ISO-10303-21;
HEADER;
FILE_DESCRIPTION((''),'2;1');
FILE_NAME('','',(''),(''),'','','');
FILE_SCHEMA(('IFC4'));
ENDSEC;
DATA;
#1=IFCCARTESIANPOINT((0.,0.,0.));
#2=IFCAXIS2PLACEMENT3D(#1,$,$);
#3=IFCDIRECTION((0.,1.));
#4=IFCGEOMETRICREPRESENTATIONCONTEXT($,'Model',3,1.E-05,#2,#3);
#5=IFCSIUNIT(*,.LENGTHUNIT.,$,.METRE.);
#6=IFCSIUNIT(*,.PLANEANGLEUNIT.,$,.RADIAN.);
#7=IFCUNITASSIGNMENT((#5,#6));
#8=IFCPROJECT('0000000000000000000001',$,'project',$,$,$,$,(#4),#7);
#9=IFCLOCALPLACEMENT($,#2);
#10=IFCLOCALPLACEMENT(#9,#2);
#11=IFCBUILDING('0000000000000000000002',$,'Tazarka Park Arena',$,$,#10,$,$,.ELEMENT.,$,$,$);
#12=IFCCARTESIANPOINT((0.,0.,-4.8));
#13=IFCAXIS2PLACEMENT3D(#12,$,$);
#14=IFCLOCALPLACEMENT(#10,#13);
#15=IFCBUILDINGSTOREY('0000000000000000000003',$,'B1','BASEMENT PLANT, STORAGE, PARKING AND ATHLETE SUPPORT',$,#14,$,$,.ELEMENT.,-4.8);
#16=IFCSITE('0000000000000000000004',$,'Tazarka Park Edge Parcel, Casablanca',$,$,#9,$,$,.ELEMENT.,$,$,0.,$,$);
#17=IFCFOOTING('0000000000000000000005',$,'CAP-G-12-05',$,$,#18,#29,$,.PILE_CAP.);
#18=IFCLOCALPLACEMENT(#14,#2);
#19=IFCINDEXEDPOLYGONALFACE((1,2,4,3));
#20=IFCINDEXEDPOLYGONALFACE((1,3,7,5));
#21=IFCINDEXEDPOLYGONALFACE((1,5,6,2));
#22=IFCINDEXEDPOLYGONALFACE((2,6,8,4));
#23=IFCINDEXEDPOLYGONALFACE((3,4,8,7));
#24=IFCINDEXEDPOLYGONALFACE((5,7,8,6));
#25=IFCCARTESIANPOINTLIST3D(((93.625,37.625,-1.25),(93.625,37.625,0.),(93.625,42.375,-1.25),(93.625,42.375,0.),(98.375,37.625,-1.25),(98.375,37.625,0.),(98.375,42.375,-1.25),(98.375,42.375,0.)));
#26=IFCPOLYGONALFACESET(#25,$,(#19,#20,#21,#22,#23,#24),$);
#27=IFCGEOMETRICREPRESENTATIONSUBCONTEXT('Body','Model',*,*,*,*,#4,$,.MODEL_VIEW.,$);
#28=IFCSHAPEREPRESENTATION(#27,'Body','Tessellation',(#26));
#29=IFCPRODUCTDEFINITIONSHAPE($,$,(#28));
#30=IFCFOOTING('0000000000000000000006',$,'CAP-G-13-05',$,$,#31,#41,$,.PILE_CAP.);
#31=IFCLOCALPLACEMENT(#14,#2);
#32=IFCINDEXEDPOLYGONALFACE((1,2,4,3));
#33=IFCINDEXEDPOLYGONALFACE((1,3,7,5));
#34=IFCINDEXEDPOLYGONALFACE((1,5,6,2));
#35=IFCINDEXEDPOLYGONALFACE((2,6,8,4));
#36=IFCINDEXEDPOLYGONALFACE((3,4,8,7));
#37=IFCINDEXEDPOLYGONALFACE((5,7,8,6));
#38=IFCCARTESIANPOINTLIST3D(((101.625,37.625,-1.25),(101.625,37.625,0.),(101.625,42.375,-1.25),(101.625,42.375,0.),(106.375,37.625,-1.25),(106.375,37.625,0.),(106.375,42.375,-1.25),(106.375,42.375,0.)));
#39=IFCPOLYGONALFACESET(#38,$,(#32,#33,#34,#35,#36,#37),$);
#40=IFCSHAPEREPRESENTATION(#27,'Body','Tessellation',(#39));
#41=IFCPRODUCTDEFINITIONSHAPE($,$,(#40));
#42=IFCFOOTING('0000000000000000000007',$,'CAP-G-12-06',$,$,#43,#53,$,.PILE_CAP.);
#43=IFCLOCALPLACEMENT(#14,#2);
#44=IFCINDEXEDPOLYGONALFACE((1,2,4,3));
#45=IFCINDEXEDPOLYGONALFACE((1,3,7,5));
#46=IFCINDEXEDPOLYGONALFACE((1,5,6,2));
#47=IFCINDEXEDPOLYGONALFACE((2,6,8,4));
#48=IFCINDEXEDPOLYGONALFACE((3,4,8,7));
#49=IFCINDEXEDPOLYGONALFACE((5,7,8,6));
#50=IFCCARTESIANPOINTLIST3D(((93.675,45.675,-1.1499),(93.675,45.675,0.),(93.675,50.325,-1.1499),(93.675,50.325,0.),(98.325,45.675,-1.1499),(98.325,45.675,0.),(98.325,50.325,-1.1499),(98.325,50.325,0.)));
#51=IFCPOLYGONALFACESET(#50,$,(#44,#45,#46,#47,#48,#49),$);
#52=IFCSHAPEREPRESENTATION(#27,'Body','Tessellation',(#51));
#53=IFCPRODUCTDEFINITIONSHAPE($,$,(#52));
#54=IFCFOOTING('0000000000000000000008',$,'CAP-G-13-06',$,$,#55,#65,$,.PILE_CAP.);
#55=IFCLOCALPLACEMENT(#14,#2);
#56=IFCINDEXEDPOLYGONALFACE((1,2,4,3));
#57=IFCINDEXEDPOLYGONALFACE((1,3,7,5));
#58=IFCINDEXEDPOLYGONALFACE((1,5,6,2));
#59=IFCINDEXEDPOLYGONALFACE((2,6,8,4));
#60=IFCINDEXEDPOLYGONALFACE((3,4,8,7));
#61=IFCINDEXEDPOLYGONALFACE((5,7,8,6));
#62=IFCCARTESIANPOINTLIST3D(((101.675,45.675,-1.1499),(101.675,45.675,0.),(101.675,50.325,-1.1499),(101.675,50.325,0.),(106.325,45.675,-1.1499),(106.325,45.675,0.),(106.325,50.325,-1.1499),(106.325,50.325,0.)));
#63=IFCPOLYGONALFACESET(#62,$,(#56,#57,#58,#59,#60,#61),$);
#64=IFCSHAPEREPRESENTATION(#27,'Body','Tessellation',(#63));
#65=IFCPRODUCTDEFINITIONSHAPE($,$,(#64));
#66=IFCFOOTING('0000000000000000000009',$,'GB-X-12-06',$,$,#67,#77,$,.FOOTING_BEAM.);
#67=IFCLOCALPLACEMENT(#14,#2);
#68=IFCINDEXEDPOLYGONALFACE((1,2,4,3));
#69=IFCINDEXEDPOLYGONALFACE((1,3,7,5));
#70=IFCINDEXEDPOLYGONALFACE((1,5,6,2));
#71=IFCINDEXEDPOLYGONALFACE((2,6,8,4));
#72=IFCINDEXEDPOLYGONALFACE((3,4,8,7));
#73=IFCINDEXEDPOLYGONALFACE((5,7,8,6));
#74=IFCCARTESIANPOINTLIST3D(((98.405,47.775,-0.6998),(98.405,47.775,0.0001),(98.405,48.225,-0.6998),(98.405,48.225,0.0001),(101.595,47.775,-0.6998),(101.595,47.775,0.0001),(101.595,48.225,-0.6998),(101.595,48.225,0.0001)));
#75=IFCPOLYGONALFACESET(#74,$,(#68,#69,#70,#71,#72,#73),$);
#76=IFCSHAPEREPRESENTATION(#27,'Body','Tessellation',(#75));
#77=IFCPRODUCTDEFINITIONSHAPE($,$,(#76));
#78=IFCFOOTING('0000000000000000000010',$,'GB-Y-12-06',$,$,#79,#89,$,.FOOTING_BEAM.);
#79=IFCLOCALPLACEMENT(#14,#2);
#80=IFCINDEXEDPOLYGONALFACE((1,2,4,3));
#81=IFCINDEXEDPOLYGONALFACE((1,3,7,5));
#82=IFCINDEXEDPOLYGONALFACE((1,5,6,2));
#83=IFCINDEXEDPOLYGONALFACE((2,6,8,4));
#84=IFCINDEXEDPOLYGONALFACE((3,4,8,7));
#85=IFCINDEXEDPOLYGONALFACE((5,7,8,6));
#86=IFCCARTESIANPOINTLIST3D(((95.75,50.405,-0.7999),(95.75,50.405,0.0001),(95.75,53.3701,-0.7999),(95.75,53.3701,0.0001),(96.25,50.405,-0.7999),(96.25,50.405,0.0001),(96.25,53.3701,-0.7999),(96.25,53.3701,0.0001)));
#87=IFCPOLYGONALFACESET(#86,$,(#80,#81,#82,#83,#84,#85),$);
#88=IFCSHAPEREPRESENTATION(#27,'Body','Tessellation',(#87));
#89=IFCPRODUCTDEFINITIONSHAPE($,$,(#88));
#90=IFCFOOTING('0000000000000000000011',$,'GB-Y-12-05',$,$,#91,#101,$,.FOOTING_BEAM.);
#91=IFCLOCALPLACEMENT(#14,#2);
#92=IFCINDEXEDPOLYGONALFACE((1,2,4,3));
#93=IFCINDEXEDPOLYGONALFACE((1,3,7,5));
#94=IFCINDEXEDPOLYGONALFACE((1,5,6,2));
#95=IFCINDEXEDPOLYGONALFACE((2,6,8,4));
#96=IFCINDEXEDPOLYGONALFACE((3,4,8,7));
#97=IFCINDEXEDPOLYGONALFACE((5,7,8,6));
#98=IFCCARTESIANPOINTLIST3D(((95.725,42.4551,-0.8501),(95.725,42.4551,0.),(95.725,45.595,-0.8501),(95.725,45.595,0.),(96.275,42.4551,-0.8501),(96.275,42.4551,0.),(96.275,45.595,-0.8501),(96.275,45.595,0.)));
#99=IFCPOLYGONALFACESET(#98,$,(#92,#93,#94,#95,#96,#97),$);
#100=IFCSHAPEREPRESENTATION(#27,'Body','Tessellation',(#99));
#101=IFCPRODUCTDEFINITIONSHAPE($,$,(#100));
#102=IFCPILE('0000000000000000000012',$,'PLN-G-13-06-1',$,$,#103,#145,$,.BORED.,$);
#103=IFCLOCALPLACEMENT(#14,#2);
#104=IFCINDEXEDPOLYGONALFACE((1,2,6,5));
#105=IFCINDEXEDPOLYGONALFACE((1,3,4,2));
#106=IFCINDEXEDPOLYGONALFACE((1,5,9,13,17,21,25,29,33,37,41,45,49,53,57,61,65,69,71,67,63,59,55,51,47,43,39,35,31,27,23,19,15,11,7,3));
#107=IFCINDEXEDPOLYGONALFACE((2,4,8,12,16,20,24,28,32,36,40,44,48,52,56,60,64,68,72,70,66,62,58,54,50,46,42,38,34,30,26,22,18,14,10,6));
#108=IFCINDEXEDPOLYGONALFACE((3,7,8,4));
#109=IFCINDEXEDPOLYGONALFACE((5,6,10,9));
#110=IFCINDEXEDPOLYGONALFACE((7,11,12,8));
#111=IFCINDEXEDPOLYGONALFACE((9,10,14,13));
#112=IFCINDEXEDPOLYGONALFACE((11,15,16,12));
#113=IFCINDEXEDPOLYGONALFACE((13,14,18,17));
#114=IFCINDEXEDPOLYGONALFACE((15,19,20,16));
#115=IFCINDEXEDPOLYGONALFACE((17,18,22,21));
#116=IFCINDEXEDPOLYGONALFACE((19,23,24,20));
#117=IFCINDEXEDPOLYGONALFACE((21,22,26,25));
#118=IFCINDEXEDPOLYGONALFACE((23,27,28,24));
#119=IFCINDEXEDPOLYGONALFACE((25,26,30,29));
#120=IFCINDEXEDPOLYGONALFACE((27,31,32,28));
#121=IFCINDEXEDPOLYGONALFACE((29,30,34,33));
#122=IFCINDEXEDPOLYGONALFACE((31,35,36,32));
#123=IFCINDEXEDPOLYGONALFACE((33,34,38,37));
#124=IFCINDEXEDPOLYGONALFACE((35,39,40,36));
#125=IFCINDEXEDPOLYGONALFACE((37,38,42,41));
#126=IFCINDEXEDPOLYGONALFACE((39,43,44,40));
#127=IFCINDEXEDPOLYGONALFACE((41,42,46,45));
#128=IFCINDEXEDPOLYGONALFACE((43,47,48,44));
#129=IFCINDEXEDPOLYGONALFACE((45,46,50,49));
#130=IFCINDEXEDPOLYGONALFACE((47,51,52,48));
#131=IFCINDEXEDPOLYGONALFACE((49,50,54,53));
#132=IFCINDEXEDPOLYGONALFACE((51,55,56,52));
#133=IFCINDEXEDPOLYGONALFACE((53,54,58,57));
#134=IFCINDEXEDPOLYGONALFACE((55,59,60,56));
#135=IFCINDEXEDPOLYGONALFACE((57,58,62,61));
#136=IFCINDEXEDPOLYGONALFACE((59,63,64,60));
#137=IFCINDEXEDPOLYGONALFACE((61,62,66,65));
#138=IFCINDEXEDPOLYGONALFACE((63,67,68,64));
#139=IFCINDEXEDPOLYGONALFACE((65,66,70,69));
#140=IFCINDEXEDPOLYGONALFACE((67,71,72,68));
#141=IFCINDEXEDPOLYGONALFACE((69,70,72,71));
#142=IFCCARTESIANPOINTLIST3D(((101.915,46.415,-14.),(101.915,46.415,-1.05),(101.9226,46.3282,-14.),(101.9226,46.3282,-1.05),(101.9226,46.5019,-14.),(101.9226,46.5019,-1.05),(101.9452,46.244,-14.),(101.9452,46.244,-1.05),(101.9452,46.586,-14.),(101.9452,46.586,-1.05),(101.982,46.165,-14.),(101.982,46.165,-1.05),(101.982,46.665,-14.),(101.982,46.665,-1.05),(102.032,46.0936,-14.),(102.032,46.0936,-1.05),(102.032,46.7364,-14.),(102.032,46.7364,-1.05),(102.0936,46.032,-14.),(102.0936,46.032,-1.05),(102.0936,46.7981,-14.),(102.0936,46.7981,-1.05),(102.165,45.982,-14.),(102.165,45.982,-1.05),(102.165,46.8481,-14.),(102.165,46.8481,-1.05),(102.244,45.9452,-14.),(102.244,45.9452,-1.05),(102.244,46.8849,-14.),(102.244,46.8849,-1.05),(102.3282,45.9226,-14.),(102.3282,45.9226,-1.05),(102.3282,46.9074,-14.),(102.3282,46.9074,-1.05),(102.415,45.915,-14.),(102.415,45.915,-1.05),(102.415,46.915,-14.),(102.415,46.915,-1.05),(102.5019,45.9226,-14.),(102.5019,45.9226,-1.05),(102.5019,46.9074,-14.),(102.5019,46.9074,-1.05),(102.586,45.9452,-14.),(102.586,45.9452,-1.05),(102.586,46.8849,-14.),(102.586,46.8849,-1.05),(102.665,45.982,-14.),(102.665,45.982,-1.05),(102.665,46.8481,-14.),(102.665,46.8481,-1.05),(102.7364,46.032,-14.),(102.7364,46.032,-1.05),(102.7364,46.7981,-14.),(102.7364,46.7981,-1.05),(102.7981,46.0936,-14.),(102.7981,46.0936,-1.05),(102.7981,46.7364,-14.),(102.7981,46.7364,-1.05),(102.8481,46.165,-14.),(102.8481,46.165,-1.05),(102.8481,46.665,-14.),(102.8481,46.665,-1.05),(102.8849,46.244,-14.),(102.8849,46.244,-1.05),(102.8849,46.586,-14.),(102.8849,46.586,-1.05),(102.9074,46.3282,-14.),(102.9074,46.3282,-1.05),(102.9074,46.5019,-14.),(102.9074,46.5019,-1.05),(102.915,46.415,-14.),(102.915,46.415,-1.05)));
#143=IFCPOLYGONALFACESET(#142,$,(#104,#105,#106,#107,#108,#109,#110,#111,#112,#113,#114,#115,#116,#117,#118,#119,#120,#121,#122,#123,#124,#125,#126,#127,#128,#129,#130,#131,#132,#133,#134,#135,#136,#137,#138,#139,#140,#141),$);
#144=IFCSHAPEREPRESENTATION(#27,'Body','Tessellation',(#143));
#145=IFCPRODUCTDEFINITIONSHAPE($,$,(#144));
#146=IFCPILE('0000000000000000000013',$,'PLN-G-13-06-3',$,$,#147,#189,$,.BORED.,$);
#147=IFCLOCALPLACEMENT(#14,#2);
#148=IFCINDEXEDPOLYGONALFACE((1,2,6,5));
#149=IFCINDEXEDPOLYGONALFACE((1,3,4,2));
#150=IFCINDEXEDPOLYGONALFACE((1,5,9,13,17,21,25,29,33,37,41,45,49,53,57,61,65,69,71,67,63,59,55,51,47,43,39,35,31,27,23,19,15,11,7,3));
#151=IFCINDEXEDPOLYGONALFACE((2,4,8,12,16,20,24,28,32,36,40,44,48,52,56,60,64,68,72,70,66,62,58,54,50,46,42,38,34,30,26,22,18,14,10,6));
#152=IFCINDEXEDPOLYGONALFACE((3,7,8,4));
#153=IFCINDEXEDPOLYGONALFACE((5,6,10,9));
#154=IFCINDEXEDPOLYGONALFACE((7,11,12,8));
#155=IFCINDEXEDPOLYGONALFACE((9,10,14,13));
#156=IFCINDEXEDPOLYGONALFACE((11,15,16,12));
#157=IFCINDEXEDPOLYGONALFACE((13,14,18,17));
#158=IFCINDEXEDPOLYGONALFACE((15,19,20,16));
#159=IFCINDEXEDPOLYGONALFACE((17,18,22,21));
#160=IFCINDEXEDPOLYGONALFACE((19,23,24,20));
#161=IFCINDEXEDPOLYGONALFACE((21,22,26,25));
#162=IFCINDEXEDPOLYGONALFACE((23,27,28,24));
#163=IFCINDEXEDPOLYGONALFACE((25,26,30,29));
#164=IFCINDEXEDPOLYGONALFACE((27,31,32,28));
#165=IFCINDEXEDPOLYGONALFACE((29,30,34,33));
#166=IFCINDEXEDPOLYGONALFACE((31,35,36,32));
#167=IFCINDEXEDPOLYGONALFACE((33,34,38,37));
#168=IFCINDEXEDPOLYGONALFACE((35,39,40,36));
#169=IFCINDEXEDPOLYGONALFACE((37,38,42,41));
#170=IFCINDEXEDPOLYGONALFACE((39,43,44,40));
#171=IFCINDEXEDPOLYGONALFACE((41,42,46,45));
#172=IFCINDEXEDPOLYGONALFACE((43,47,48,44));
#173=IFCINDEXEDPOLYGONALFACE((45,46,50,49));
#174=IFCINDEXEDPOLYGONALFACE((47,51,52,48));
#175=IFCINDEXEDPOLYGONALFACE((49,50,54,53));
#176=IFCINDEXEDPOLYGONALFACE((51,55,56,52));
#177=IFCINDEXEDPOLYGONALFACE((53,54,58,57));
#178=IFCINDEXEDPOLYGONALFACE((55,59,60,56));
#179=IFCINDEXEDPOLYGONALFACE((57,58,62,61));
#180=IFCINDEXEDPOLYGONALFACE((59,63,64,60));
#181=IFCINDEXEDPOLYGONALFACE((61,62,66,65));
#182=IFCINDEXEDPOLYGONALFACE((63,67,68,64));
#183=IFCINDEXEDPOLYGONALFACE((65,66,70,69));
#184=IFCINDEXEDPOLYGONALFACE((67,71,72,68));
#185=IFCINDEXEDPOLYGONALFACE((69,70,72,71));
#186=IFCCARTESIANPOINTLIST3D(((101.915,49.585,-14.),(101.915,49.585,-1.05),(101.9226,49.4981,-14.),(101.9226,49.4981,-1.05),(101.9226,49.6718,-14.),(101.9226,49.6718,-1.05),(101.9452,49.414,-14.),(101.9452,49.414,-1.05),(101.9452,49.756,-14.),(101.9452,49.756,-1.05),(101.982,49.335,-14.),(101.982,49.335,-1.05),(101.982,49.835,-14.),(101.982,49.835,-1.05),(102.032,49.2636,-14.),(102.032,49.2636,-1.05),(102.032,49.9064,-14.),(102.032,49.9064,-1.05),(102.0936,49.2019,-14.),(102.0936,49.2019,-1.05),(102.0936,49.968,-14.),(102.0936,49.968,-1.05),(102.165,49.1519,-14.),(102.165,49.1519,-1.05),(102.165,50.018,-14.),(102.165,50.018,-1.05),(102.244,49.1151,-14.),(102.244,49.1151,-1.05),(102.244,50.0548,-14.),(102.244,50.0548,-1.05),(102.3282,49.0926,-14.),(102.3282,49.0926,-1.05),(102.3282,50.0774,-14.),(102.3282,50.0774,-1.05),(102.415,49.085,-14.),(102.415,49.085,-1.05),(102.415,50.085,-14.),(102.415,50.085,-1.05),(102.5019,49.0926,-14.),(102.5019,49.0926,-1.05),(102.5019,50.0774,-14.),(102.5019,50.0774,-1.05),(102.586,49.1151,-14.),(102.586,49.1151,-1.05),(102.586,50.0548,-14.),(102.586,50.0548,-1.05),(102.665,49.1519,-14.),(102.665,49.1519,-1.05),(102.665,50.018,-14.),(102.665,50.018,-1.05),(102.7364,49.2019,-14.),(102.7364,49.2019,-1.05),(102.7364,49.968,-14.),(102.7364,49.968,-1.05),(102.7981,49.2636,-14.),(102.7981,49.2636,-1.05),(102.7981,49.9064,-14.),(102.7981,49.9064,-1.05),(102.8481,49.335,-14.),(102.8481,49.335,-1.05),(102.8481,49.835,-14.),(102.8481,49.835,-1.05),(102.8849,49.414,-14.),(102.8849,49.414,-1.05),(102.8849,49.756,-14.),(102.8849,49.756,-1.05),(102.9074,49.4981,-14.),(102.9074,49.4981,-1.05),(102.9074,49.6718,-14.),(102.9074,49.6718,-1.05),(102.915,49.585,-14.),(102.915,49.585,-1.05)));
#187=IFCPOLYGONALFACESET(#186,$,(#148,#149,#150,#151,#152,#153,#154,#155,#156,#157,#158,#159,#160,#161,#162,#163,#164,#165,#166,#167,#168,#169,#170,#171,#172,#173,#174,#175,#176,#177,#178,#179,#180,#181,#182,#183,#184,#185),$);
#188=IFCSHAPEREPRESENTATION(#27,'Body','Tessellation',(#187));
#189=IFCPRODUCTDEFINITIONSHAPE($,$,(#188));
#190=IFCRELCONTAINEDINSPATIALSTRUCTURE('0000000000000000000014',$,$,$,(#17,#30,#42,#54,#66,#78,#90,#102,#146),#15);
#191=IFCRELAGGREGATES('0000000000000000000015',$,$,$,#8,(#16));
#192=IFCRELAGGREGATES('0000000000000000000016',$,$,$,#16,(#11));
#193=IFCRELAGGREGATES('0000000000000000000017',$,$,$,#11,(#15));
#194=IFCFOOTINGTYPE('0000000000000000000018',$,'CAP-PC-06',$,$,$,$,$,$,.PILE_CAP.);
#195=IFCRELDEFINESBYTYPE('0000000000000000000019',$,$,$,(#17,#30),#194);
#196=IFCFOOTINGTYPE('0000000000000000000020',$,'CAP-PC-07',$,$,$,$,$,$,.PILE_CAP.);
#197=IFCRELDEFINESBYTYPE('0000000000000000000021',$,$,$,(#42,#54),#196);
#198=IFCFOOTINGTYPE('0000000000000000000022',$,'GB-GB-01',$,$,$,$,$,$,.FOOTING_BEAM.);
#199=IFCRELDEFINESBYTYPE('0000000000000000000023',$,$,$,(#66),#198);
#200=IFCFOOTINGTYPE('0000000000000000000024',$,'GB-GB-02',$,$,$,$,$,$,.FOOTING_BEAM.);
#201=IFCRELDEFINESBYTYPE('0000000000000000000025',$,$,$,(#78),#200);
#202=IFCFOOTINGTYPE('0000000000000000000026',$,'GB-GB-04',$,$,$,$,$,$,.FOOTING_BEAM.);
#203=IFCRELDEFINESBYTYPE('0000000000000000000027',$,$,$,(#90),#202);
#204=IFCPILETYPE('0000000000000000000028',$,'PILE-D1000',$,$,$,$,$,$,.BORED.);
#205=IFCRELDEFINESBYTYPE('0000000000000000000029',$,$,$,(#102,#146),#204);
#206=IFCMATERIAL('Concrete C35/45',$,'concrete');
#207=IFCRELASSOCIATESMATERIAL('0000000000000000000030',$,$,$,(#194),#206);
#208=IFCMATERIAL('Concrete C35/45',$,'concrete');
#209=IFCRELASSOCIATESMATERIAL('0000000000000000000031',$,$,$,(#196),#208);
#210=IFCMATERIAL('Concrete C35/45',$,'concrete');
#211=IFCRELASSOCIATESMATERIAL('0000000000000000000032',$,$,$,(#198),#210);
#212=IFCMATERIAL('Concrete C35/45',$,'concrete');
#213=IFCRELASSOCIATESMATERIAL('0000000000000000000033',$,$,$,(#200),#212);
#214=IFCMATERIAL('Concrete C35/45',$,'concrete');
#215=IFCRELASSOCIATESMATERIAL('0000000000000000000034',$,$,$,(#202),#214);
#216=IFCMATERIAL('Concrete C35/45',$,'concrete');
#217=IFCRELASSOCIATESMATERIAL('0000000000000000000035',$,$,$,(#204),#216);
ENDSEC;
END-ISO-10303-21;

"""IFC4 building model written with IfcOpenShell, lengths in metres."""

from ifc_helpers import new_model, si_unit, direction, frame, origin, origin_2d, place, context, subcontext, project, spatial, rectangle, circle, extrude, material, material_profile, profile_set, type_object, element, save


model = new_model("IFC4")

# Units and contexts
model_context = context("Model", 3, precision=1e-05, world=origin(), true_north=direction((0.0, 1.0)))
body_context = subcontext(model_context, "Body", "Model", "MODEL_VIEW")
ifc_project = project(units=[si_unit("LENGTHUNIT", "METRE"), si_unit("PLANEANGLEUNIT", "RADIAN")], contexts=[model_context])

# Site, building, storey
site_placement = place(None, origin())
site = spatial("IfcSite", under=ifc_project, at=site_placement, Name="Tazarka Park Edge Parcel, Casablanca", CompositionType="ELEMENT", RefElevation=0.0)
building_placement = place(site_placement, origin())
building = spatial("IfcBuilding", under=site, at=building_placement, Name="Tazarka Park Arena", CompositionType="ELEMENT")
storey_placement = place(building_placement, frame((0.0, 0.0, -4.8)))
storey = spatial("IfcBuildingStorey", under=building, at=storey_placement, Name="B1", Description="BASEMENT PLANT, STORAGE, PARKING AND ATHLETE SUPPORT", CompositionType="ELEMENT", Elevation=-4.8)

# Footings
ifc_material_1 = material(Name="Concrete C35/45", Category="concrete")
footing_type_1 = type_object("IfcFootingType", Name="CAP-PC-06", PredefinedType="PILE_CAP", material=ifc_material_1)
for number, where, z_axis, x_axis, name in (
    (1, (96.0, 40.0, -1.25), (0.0, 0.0, 1.0), (1.0, 0.0, 0.0), "CAP-G-12-05"),
    (2, (104.0, 40.0, -1.25), (0.0, 0.0, 1.0), (1.0, 0.0, 0.0), "CAP-G-13-05"),
):
    element("IfcFooting", number, at=place(storey_placement, frame(where, z_axis=z_axis, x_axis=x_axis)), inside=storey, type_object=footing_type_1, Name=name, PredefinedType="PILE_CAP", context=body_context, shape_type="SweptSolid", body=[
        extrude(rectangle(XDim=4.75, YDim=4.75, at=origin_2d()), origin(), (0.0, 0.0, 1.0), 1.25),
    ])
ifc_material_2 = material(Name="Concrete C35/45", Category="concrete")
footing_type_2 = type_object("IfcFootingType", Name="CAP-PC-07", PredefinedType="PILE_CAP", material=ifc_material_2)
for number, where, z_axis, x_axis, name in (
    (3, (96.0, 48.0, -1.1499), (0.0, 0.0, 1.0), (1.0, 0.0, 0.0), "CAP-G-12-06"),
    (4, (104.0, 48.0, -1.1499), (0.0, 0.0, 1.0), (1.0, 0.0, 0.0), "CAP-G-13-06"),
):
    element("IfcFooting", number, at=place(storey_placement, frame(where, z_axis=z_axis, x_axis=x_axis)), inside=storey, type_object=footing_type_2, Name=name, PredefinedType="PILE_CAP", context=body_context, shape_type="SweptSolid", body=[
        extrude(rectangle(XDim=4.6499, YDim=4.6499, at=origin_2d()), origin(), (0.0, 0.0, 1.0), 1.1499),
    ])
ifc_material_3 = material(Name="Concrete C35/45", Category="concrete")
ifc_material_profile_1 = material_profile(ifc_material_3, rectangle(XDim=0.45, YDim=0.7, at=origin_2d()), Name="Concrete C35/45")
ifc_profile_set_1 = profile_set([ifc_material_profile_1], Name="Concrete C35/45")
footing_type_3 = type_object("IfcFootingType", Name="GB-GB-01", PredefinedType="FOOTING_BEAM", material=ifc_profile_set_1)
footing_1_placement = place(storey_placement, frame((98.405, 48.0, -0.3499), z_axis=(1.0, 0.0, 0.0), x_axis=(0.0, 1.0, 0.0)))
element("IfcFooting", 5, at=footing_1_placement, inside=storey, type_object=footing_type_3, Name="GB-X-12-06", PredefinedType="FOOTING_BEAM", context=body_context, shape_type="SweptSolid", body=[
    extrude(rectangle(XDim=0.45, YDim=0.7, at=origin_2d()), origin(), (0.0, 0.0, 1.0), 3.1899),
])
ifc_material_4 = material(Name="Concrete C35/45", Category="concrete")
ifc_material_profile_2 = material_profile(ifc_material_4, rectangle(XDim=0.5, YDim=0.8, at=origin_2d()), Name="Concrete C35/45")
ifc_profile_set_2 = profile_set([ifc_material_profile_2], Name="Concrete C35/45")
footing_type_4 = type_object("IfcFootingType", Name="GB-GB-02", PredefinedType="FOOTING_BEAM", material=ifc_profile_set_2)
footing_2_placement = place(storey_placement, frame((96.0, 50.405, -0.3999), z_axis=(0.0, 1.0, 0.0), x_axis=(-1.0, 0.0, 0.0)))
element("IfcFooting", 6, at=footing_2_placement, inside=storey, type_object=footing_type_4, Name="GB-Y-12-06", PredefinedType="FOOTING_BEAM", context=body_context, shape_type="SweptSolid", body=[
    extrude(rectangle(XDim=0.5, YDim=0.8, at=origin_2d()), origin(), (0.0, 0.0, 1.0), 2.9651),
])
ifc_material_5 = material(Name="Concrete C35/45", Category="concrete")
ifc_material_profile_3 = material_profile(ifc_material_5, rectangle(XDim=0.55, YDim=0.8501, at=origin_2d()), Name="Concrete C35/45")
ifc_profile_set_3 = profile_set([ifc_material_profile_3], Name="Concrete C35/45")
footing_type_5 = type_object("IfcFootingType", Name="GB-GB-04", PredefinedType="FOOTING_BEAM", material=ifc_profile_set_3)
footing_3_placement = place(storey_placement, frame((96.0, 42.4551, -0.425), z_axis=(0.0, 1.0, 0.0), x_axis=(-1.0, 0.0, 0.0)))
element("IfcFooting", 7, at=footing_3_placement, inside=storey, type_object=footing_type_5, Name="GB-Y-12-05", PredefinedType="FOOTING_BEAM", context=body_context, shape_type="SweptSolid", body=[
    extrude(rectangle(XDim=0.55, YDim=0.8501, at=origin_2d()), origin(), (0.0, 0.0, 1.0), 3.1399),
])

# Piles
ifc_material_6 = material(Name="Concrete C35/45", Category="concrete")
ifc_material_profile_4 = material_profile(ifc_material_6, circle(Radius=0.5, at=origin_2d()), Name="Concrete C35/45")
ifc_profile_set_4 = profile_set([ifc_material_profile_4], Name="Concrete C35/45")
pile_type_1 = type_object("IfcPileType", Name="PILE-D1000", PredefinedType="BORED", material=ifc_profile_set_4)
for number, where, z_axis, x_axis, name in (
    (8, (102.415, 46.415, -1.05), (0.0, 0.0, -1.0), (1.0, 0.0, 0.0), "PLN-G-13-06-1"),
    (9, (102.415, 49.585, -1.05), (0.0, 0.0, -1.0), (1.0, 0.0, 0.0), "PLN-G-13-06-3"),
):
    element("IfcPile", number, at=place(storey_placement, frame(where, z_axis=z_axis, x_axis=x_axis)), inside=storey, type_object=pile_type_1, Name=name, PredefinedType="BORED", context=body_context, shape_type="SweptSolid", body=[
        extrude(circle(Radius=0.5, at=origin_2d()), origin(), (0.0, 0.0, 1.0), 12.95),
    ])

save(model, "model.ifc")
